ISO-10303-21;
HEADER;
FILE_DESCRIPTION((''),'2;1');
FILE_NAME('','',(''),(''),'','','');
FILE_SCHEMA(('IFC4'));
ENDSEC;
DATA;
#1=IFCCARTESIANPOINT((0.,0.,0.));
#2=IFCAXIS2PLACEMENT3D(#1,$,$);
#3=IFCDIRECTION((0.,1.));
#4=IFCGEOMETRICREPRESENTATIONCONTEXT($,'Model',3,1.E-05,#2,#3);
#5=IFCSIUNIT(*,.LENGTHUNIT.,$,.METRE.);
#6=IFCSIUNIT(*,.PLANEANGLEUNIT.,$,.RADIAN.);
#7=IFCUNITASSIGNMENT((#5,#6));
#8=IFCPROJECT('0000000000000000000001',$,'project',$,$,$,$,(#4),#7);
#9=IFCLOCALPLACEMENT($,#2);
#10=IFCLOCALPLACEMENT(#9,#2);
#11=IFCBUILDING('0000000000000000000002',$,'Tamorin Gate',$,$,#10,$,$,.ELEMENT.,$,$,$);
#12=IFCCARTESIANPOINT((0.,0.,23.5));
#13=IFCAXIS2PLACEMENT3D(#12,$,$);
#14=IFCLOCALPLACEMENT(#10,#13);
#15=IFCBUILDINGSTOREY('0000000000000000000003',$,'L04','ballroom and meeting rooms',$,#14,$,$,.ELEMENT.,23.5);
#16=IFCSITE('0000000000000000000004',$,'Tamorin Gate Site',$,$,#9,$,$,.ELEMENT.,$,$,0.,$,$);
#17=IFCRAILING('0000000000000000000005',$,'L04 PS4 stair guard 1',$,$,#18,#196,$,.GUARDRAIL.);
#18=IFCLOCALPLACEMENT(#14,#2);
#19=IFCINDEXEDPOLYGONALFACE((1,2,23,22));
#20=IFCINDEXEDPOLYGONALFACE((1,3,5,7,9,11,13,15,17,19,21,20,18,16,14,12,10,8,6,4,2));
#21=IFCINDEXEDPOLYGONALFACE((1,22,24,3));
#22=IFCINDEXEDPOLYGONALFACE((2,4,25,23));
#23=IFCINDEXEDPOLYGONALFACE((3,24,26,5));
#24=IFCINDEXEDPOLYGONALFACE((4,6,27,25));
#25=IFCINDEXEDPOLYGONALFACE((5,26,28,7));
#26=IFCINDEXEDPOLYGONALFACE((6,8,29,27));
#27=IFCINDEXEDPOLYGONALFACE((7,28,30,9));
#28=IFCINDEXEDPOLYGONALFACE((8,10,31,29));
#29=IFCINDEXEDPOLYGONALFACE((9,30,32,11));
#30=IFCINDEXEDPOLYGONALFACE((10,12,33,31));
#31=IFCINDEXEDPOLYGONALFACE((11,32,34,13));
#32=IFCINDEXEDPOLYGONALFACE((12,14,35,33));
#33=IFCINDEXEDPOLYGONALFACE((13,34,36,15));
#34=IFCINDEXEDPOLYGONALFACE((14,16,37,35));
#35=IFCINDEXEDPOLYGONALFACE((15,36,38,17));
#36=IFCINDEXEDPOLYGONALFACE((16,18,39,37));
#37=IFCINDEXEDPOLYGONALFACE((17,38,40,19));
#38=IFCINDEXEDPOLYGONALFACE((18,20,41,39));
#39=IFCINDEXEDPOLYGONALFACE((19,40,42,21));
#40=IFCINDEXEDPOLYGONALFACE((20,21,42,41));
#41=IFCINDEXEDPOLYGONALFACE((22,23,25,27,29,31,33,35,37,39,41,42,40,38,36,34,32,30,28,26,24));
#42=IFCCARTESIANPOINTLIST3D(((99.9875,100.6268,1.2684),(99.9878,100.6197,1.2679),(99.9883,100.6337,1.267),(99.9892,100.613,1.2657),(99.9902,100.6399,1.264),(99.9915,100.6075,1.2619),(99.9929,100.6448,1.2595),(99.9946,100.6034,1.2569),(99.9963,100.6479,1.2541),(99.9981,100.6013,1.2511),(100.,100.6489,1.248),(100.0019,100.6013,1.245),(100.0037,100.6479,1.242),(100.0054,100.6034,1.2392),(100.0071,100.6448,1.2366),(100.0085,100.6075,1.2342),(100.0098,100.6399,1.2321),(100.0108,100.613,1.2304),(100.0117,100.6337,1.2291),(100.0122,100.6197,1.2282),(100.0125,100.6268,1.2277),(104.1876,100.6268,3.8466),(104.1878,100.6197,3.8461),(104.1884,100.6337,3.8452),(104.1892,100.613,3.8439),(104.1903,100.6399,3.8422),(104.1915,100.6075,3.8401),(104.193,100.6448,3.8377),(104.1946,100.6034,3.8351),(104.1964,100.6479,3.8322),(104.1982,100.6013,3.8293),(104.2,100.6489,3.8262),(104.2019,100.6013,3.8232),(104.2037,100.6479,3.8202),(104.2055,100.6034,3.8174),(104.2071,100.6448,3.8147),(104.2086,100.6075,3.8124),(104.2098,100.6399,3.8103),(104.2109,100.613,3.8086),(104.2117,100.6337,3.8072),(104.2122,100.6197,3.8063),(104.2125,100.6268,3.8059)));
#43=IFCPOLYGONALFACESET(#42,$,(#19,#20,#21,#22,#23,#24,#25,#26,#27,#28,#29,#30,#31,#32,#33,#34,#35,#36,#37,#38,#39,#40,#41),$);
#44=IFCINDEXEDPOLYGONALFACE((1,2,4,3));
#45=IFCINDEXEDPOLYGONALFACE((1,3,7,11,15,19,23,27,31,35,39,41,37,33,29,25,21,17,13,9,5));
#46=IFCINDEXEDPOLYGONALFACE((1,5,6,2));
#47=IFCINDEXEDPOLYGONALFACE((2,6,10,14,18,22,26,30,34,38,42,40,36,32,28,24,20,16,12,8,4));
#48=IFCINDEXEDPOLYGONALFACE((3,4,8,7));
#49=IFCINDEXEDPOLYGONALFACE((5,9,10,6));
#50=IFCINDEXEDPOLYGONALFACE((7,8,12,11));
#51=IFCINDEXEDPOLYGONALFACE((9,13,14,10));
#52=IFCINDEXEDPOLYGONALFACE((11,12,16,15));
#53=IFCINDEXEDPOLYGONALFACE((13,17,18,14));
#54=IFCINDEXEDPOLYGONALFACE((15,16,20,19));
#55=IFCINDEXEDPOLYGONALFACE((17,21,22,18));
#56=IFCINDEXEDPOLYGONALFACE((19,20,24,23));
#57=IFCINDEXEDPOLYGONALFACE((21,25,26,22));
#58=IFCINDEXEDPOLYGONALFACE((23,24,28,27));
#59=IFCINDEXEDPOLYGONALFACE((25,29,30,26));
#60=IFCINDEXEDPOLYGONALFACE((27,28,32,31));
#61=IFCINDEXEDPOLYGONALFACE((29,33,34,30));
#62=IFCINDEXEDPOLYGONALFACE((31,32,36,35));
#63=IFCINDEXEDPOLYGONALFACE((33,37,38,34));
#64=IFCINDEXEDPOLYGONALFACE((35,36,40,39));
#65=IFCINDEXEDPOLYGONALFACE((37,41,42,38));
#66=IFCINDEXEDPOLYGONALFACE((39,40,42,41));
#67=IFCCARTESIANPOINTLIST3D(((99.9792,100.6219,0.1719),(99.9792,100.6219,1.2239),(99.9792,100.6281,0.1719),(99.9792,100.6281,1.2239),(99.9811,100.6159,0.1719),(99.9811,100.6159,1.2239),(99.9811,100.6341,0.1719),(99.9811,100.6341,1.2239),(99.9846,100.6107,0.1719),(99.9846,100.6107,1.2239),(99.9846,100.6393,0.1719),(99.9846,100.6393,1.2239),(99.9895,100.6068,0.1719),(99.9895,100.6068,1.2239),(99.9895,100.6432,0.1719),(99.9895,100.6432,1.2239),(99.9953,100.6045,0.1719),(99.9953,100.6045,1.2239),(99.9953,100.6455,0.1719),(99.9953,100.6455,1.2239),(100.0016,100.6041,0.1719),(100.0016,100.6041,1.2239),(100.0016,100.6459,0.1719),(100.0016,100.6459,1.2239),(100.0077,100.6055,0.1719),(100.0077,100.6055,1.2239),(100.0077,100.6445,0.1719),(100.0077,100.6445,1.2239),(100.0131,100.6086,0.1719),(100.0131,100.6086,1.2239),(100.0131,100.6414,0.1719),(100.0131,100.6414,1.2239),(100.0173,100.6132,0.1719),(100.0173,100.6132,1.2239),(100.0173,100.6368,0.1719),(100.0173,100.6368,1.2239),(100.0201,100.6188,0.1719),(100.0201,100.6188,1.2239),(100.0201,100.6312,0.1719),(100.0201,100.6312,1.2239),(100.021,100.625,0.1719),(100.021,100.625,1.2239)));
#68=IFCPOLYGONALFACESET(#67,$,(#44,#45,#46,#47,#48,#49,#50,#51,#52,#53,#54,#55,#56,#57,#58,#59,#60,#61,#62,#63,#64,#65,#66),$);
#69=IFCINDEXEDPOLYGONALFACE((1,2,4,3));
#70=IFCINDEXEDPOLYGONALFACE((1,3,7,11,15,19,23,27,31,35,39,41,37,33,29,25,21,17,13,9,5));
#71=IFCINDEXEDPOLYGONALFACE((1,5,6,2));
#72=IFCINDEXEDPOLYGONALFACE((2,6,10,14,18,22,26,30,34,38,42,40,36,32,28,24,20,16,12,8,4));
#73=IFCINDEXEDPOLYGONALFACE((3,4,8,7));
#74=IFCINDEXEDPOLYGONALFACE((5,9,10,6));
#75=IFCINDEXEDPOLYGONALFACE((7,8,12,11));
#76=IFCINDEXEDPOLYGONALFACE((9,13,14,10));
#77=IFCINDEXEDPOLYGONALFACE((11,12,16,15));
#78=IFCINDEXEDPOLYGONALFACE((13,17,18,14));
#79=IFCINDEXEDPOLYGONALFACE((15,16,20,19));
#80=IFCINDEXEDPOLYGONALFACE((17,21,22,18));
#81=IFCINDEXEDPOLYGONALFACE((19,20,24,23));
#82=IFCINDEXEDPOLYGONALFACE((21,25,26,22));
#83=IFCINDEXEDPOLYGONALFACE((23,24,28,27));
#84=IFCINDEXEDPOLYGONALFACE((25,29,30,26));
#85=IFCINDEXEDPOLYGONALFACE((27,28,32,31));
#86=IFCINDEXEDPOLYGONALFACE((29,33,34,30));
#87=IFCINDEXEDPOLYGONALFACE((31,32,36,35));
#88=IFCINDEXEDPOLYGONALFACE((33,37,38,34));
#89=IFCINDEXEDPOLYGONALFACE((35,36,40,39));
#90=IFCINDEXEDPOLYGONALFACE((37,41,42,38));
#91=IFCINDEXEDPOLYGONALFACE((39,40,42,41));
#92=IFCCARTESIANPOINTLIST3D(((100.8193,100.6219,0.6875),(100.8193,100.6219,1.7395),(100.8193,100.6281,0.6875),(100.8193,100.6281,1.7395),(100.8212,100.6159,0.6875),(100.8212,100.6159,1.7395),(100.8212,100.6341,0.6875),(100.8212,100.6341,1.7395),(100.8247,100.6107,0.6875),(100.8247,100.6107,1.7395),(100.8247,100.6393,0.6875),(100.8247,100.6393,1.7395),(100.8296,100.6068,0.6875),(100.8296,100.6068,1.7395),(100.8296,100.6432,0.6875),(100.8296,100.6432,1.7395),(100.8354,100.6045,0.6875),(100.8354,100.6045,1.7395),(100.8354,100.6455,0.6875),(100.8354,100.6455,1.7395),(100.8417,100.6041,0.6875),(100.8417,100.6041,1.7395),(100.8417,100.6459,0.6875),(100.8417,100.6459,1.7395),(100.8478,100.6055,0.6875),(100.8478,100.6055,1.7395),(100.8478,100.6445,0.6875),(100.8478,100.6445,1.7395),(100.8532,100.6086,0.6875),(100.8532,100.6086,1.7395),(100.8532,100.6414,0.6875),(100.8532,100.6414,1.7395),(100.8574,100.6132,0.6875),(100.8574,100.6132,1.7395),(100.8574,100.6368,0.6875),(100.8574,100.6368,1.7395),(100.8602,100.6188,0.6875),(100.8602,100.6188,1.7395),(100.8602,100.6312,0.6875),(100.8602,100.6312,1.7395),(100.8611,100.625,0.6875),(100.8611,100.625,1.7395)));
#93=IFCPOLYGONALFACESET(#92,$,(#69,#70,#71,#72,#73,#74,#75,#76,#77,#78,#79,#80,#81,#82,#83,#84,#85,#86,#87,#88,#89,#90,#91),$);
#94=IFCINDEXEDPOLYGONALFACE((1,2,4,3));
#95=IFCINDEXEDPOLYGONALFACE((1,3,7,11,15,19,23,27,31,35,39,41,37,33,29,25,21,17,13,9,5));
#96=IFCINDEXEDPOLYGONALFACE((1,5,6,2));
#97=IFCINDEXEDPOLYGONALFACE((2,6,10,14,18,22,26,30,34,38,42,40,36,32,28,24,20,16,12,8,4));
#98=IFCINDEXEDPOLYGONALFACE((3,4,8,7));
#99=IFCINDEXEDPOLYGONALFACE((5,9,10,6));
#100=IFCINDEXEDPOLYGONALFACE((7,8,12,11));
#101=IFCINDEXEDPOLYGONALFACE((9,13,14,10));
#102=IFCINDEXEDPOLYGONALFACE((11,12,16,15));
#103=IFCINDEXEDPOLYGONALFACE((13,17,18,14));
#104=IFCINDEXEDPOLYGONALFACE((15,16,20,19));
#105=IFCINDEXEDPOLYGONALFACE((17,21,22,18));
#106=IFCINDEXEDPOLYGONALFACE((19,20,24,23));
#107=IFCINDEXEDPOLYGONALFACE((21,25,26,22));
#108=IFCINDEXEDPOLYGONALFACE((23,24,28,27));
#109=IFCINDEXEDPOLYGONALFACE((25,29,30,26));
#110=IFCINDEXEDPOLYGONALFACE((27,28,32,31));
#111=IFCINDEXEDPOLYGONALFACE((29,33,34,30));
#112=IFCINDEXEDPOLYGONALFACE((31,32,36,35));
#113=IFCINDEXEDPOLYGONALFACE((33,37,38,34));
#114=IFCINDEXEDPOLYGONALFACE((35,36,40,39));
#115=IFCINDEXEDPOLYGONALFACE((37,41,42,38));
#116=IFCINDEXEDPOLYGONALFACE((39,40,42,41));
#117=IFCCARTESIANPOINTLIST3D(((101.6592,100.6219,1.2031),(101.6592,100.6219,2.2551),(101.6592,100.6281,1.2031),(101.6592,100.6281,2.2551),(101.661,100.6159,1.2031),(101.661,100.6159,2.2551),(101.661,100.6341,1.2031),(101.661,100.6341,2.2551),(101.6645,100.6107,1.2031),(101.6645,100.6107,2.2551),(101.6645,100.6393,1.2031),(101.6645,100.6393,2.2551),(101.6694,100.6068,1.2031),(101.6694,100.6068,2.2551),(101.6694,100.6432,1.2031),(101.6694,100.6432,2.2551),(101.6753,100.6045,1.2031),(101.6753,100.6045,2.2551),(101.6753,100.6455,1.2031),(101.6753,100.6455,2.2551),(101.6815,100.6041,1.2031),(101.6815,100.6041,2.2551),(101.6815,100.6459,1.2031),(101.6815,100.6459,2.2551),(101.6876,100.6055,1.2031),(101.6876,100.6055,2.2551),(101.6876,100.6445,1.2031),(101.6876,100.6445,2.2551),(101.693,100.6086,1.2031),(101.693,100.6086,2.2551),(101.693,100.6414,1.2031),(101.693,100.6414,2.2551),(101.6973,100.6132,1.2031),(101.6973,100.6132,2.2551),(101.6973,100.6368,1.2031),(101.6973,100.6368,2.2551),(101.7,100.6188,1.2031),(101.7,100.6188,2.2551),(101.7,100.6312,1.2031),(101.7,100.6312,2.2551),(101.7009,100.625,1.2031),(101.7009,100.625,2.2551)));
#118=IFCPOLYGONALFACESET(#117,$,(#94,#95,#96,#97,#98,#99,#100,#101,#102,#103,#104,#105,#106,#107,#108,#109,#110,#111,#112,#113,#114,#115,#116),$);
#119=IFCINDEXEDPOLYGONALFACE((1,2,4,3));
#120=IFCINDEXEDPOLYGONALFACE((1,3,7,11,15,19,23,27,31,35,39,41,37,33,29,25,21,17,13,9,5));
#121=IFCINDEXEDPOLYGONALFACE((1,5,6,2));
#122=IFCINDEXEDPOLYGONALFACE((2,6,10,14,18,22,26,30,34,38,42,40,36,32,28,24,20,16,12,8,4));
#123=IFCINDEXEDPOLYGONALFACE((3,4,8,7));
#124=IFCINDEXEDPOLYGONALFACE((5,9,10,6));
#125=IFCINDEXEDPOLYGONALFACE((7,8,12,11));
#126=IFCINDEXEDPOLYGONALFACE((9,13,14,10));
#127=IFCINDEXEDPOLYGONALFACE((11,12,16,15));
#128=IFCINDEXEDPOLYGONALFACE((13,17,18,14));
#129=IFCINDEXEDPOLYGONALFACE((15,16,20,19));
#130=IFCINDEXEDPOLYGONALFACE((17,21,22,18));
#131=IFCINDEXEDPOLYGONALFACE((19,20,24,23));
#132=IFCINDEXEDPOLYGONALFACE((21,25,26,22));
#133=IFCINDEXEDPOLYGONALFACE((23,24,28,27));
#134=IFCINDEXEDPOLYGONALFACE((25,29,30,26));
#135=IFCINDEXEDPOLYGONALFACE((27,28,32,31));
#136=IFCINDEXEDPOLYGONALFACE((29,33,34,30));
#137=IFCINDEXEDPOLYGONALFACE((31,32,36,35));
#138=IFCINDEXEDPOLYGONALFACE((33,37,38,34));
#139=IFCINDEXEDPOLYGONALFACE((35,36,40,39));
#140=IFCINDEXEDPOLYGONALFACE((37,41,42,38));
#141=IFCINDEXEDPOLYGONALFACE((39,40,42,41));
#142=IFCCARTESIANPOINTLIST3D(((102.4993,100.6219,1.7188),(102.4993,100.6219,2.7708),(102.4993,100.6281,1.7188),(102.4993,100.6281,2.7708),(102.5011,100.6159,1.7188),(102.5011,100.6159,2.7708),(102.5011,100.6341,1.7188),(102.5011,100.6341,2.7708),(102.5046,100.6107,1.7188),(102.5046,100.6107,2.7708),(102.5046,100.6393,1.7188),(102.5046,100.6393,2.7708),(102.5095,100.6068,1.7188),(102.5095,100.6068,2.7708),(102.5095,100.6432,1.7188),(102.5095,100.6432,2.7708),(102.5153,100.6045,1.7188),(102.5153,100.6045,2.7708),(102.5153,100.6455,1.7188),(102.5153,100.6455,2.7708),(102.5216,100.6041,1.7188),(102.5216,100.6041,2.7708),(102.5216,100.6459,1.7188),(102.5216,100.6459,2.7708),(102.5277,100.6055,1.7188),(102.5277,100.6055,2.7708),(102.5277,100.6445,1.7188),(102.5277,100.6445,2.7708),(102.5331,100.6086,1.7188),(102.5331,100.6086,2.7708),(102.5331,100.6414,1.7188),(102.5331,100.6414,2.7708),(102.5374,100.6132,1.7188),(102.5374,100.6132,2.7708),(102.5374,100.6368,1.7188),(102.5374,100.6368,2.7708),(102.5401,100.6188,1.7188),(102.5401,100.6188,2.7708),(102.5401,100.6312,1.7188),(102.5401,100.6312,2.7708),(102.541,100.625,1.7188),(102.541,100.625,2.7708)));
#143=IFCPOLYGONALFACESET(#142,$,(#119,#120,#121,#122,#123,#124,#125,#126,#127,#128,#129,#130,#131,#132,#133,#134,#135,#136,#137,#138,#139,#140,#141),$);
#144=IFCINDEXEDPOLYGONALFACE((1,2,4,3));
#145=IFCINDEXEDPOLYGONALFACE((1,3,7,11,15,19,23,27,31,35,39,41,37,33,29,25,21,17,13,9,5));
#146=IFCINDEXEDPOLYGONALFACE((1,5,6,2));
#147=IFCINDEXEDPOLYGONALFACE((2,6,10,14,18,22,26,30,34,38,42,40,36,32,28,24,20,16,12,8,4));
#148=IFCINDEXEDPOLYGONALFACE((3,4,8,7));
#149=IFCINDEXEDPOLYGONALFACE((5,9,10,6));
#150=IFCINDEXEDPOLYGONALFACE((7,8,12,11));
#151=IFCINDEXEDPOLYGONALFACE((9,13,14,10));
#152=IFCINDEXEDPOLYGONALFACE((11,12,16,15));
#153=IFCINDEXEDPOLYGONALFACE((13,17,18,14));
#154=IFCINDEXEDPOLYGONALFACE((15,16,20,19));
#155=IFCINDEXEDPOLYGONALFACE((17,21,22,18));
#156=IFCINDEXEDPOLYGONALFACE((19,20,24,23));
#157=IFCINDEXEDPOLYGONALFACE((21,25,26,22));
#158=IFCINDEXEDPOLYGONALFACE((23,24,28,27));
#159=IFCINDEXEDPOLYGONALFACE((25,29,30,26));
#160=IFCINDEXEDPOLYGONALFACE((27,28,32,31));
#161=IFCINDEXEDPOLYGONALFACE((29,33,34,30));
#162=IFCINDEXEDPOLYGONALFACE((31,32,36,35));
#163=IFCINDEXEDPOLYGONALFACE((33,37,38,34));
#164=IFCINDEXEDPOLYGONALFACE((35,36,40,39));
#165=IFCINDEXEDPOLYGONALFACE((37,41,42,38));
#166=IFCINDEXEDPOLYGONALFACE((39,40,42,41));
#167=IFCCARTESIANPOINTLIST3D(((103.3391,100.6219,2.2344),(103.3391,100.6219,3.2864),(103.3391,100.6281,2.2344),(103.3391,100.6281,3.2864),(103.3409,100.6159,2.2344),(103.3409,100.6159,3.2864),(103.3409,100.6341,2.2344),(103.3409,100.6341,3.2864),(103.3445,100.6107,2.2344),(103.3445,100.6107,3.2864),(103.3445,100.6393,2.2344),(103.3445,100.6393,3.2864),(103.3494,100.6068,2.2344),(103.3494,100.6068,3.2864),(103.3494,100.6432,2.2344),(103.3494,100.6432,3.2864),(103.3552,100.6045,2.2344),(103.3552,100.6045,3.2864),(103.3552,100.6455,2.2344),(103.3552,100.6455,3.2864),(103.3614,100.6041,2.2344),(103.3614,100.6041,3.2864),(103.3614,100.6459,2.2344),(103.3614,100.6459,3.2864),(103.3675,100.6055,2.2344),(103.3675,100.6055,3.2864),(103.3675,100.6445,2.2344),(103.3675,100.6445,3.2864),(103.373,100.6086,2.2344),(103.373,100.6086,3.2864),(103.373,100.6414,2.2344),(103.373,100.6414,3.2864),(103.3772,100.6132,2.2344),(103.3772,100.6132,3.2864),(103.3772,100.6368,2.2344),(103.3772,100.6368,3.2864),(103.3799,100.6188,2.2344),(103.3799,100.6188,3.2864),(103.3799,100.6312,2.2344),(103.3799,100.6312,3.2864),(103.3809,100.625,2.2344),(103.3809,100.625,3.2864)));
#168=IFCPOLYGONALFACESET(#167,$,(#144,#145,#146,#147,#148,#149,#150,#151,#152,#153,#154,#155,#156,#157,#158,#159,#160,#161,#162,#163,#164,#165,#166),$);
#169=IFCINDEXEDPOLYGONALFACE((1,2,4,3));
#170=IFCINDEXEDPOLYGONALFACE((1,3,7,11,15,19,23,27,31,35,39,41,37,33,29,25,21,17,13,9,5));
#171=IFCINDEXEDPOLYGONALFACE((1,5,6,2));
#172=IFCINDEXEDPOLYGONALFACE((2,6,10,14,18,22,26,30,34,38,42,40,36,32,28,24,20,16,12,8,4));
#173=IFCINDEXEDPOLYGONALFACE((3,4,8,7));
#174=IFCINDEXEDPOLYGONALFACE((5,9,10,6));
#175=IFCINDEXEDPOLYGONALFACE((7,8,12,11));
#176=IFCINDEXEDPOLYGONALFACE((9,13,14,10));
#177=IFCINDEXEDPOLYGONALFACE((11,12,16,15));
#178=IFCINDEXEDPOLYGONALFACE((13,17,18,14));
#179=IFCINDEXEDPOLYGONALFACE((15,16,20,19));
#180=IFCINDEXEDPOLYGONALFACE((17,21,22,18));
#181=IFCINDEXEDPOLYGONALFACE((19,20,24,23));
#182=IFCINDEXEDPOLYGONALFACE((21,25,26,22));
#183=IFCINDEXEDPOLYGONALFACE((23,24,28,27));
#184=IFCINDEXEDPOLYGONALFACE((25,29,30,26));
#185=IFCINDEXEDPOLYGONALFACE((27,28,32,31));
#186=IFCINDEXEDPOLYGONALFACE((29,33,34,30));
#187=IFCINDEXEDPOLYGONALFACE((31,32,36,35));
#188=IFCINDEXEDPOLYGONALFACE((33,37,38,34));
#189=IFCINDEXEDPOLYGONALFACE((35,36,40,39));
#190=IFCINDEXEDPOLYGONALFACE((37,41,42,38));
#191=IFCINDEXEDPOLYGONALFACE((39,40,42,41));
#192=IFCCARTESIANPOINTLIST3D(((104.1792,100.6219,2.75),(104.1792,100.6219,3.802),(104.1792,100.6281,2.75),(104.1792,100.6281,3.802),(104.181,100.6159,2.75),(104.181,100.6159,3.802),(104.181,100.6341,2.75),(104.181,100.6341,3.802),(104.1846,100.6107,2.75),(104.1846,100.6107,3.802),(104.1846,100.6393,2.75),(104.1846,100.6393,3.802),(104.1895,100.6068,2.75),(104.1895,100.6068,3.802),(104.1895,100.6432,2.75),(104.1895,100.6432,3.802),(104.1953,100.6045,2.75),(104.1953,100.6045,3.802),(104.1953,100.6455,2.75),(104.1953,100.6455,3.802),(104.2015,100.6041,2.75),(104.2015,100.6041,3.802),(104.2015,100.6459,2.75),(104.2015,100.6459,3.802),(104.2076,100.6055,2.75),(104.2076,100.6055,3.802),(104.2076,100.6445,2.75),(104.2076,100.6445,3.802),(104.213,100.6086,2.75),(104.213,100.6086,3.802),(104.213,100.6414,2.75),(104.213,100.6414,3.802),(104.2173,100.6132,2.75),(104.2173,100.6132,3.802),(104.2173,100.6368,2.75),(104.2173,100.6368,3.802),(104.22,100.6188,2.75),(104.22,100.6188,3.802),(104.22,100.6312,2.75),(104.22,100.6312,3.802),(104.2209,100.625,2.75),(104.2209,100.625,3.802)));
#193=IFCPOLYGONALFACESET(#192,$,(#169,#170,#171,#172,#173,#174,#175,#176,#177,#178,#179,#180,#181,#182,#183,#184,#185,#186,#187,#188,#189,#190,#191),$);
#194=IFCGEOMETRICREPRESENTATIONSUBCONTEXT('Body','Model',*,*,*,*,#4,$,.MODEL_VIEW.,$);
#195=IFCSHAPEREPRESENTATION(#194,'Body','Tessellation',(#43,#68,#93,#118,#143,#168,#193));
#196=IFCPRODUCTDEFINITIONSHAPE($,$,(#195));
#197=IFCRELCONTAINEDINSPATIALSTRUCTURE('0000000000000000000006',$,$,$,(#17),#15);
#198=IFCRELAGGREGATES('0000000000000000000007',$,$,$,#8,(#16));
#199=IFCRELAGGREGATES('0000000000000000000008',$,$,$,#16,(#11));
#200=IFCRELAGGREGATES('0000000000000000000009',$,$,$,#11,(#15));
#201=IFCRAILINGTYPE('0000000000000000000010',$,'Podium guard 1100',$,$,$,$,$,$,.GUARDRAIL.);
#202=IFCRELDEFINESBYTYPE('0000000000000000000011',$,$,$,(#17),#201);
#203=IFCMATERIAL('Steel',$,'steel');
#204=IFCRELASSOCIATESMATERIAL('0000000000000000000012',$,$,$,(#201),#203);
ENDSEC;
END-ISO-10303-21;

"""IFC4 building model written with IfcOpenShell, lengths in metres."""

from ifc_helpers import new_model, si_unit, direction, frame, origin, origin_2d, place, context, subcontext, project, spatial, circle, extrude, material, type_object, element, save


model = new_model("IFC4")

# Units and contexts
model_context = context("Model", 3, precision=1e-05, world=origin(), true_north=direction((0.0, 1.0)))
body_context = subcontext(model_context, "Body", "Model", "MODEL_VIEW")
ifc_project = project(units=[si_unit("LENGTHUNIT", "METRE"), si_unit("PLANEANGLEUNIT", "RADIAN")], contexts=[model_context])

# Site, building, storey
site_placement = place(None, origin())
site = spatial("IfcSite", under=ifc_project, at=site_placement, Name="Tamorin Gate Site", CompositionType="ELEMENT", RefElevation=0.0)
building_placement = place(site_placement, origin())
building = spatial("IfcBuilding", under=site, at=building_placement, Name="Tamorin Gate", CompositionType="ELEMENT")
storey_placement = place(building_placement, frame((0.0, 0.0, 23.5)))
storey = spatial("IfcBuildingStorey", under=building, at=storey_placement, Name="L04", Description="ballroom and meeting rooms", CompositionType="ELEMENT", Elevation=23.5)

# Railing
ifc_material_1 = material(Name="Steel", Category="steel")
railing_type_1 = type_object("IfcRailingType", Name="Podium guard 1100", PredefinedType="GUARDRAIL", material=ifc_material_1)
railing_1_placement = place(storey_placement, frame((100.0, 100.625, 0.1719)))
element("IfcRailing", 1, at=railing_1_placement, inside=storey, type_object=railing_type_1, Name="L04 PS4 stair guard 1", PredefinedType="GUARDRAIL", context=body_context, shape_type="SweptSolid", body=[
    extrude(circle(Radius=0.0239, at=origin_2d()), frame((0.0, 0.0, 1.0762), z_axis=(0.852243, 0.0, 0.523146), x_axis=(0.0, 1.0, 0.0)), (0.0, 0.0, 1.0), 4.9282),
    extrude(circle(Radius=0.021, at=origin_2d()), origin(), (0.0, 0.0, 1.0), 1.052),
    extrude(circle(Radius=0.021, at=origin_2d()), frame((0.8401, 0.0, 0.5156)), (0.0, 0.0, 1.0), 1.052),
    extrude(circle(Radius=0.021, at=origin_2d()), frame((1.6799, 0.0, 1.0312)), (0.0, 0.0, 1.0), 1.052),
    extrude(circle(Radius=0.021, at=origin_2d()), frame((2.52, 0.0, 1.5469)), (0.0, 0.0, 1.0), 1.052),
    extrude(circle(Radius=0.021, at=origin_2d()), frame((3.3599, 0.0, 2.0625)), (0.0, 0.0, 1.0), 1.052),
    extrude(circle(Radius=0.021, at=origin_2d()), frame((4.2, 0.0, 2.5781)), (0.0, 0.0, 1.0), 1.052),
])

save(model, "model.ifc")
